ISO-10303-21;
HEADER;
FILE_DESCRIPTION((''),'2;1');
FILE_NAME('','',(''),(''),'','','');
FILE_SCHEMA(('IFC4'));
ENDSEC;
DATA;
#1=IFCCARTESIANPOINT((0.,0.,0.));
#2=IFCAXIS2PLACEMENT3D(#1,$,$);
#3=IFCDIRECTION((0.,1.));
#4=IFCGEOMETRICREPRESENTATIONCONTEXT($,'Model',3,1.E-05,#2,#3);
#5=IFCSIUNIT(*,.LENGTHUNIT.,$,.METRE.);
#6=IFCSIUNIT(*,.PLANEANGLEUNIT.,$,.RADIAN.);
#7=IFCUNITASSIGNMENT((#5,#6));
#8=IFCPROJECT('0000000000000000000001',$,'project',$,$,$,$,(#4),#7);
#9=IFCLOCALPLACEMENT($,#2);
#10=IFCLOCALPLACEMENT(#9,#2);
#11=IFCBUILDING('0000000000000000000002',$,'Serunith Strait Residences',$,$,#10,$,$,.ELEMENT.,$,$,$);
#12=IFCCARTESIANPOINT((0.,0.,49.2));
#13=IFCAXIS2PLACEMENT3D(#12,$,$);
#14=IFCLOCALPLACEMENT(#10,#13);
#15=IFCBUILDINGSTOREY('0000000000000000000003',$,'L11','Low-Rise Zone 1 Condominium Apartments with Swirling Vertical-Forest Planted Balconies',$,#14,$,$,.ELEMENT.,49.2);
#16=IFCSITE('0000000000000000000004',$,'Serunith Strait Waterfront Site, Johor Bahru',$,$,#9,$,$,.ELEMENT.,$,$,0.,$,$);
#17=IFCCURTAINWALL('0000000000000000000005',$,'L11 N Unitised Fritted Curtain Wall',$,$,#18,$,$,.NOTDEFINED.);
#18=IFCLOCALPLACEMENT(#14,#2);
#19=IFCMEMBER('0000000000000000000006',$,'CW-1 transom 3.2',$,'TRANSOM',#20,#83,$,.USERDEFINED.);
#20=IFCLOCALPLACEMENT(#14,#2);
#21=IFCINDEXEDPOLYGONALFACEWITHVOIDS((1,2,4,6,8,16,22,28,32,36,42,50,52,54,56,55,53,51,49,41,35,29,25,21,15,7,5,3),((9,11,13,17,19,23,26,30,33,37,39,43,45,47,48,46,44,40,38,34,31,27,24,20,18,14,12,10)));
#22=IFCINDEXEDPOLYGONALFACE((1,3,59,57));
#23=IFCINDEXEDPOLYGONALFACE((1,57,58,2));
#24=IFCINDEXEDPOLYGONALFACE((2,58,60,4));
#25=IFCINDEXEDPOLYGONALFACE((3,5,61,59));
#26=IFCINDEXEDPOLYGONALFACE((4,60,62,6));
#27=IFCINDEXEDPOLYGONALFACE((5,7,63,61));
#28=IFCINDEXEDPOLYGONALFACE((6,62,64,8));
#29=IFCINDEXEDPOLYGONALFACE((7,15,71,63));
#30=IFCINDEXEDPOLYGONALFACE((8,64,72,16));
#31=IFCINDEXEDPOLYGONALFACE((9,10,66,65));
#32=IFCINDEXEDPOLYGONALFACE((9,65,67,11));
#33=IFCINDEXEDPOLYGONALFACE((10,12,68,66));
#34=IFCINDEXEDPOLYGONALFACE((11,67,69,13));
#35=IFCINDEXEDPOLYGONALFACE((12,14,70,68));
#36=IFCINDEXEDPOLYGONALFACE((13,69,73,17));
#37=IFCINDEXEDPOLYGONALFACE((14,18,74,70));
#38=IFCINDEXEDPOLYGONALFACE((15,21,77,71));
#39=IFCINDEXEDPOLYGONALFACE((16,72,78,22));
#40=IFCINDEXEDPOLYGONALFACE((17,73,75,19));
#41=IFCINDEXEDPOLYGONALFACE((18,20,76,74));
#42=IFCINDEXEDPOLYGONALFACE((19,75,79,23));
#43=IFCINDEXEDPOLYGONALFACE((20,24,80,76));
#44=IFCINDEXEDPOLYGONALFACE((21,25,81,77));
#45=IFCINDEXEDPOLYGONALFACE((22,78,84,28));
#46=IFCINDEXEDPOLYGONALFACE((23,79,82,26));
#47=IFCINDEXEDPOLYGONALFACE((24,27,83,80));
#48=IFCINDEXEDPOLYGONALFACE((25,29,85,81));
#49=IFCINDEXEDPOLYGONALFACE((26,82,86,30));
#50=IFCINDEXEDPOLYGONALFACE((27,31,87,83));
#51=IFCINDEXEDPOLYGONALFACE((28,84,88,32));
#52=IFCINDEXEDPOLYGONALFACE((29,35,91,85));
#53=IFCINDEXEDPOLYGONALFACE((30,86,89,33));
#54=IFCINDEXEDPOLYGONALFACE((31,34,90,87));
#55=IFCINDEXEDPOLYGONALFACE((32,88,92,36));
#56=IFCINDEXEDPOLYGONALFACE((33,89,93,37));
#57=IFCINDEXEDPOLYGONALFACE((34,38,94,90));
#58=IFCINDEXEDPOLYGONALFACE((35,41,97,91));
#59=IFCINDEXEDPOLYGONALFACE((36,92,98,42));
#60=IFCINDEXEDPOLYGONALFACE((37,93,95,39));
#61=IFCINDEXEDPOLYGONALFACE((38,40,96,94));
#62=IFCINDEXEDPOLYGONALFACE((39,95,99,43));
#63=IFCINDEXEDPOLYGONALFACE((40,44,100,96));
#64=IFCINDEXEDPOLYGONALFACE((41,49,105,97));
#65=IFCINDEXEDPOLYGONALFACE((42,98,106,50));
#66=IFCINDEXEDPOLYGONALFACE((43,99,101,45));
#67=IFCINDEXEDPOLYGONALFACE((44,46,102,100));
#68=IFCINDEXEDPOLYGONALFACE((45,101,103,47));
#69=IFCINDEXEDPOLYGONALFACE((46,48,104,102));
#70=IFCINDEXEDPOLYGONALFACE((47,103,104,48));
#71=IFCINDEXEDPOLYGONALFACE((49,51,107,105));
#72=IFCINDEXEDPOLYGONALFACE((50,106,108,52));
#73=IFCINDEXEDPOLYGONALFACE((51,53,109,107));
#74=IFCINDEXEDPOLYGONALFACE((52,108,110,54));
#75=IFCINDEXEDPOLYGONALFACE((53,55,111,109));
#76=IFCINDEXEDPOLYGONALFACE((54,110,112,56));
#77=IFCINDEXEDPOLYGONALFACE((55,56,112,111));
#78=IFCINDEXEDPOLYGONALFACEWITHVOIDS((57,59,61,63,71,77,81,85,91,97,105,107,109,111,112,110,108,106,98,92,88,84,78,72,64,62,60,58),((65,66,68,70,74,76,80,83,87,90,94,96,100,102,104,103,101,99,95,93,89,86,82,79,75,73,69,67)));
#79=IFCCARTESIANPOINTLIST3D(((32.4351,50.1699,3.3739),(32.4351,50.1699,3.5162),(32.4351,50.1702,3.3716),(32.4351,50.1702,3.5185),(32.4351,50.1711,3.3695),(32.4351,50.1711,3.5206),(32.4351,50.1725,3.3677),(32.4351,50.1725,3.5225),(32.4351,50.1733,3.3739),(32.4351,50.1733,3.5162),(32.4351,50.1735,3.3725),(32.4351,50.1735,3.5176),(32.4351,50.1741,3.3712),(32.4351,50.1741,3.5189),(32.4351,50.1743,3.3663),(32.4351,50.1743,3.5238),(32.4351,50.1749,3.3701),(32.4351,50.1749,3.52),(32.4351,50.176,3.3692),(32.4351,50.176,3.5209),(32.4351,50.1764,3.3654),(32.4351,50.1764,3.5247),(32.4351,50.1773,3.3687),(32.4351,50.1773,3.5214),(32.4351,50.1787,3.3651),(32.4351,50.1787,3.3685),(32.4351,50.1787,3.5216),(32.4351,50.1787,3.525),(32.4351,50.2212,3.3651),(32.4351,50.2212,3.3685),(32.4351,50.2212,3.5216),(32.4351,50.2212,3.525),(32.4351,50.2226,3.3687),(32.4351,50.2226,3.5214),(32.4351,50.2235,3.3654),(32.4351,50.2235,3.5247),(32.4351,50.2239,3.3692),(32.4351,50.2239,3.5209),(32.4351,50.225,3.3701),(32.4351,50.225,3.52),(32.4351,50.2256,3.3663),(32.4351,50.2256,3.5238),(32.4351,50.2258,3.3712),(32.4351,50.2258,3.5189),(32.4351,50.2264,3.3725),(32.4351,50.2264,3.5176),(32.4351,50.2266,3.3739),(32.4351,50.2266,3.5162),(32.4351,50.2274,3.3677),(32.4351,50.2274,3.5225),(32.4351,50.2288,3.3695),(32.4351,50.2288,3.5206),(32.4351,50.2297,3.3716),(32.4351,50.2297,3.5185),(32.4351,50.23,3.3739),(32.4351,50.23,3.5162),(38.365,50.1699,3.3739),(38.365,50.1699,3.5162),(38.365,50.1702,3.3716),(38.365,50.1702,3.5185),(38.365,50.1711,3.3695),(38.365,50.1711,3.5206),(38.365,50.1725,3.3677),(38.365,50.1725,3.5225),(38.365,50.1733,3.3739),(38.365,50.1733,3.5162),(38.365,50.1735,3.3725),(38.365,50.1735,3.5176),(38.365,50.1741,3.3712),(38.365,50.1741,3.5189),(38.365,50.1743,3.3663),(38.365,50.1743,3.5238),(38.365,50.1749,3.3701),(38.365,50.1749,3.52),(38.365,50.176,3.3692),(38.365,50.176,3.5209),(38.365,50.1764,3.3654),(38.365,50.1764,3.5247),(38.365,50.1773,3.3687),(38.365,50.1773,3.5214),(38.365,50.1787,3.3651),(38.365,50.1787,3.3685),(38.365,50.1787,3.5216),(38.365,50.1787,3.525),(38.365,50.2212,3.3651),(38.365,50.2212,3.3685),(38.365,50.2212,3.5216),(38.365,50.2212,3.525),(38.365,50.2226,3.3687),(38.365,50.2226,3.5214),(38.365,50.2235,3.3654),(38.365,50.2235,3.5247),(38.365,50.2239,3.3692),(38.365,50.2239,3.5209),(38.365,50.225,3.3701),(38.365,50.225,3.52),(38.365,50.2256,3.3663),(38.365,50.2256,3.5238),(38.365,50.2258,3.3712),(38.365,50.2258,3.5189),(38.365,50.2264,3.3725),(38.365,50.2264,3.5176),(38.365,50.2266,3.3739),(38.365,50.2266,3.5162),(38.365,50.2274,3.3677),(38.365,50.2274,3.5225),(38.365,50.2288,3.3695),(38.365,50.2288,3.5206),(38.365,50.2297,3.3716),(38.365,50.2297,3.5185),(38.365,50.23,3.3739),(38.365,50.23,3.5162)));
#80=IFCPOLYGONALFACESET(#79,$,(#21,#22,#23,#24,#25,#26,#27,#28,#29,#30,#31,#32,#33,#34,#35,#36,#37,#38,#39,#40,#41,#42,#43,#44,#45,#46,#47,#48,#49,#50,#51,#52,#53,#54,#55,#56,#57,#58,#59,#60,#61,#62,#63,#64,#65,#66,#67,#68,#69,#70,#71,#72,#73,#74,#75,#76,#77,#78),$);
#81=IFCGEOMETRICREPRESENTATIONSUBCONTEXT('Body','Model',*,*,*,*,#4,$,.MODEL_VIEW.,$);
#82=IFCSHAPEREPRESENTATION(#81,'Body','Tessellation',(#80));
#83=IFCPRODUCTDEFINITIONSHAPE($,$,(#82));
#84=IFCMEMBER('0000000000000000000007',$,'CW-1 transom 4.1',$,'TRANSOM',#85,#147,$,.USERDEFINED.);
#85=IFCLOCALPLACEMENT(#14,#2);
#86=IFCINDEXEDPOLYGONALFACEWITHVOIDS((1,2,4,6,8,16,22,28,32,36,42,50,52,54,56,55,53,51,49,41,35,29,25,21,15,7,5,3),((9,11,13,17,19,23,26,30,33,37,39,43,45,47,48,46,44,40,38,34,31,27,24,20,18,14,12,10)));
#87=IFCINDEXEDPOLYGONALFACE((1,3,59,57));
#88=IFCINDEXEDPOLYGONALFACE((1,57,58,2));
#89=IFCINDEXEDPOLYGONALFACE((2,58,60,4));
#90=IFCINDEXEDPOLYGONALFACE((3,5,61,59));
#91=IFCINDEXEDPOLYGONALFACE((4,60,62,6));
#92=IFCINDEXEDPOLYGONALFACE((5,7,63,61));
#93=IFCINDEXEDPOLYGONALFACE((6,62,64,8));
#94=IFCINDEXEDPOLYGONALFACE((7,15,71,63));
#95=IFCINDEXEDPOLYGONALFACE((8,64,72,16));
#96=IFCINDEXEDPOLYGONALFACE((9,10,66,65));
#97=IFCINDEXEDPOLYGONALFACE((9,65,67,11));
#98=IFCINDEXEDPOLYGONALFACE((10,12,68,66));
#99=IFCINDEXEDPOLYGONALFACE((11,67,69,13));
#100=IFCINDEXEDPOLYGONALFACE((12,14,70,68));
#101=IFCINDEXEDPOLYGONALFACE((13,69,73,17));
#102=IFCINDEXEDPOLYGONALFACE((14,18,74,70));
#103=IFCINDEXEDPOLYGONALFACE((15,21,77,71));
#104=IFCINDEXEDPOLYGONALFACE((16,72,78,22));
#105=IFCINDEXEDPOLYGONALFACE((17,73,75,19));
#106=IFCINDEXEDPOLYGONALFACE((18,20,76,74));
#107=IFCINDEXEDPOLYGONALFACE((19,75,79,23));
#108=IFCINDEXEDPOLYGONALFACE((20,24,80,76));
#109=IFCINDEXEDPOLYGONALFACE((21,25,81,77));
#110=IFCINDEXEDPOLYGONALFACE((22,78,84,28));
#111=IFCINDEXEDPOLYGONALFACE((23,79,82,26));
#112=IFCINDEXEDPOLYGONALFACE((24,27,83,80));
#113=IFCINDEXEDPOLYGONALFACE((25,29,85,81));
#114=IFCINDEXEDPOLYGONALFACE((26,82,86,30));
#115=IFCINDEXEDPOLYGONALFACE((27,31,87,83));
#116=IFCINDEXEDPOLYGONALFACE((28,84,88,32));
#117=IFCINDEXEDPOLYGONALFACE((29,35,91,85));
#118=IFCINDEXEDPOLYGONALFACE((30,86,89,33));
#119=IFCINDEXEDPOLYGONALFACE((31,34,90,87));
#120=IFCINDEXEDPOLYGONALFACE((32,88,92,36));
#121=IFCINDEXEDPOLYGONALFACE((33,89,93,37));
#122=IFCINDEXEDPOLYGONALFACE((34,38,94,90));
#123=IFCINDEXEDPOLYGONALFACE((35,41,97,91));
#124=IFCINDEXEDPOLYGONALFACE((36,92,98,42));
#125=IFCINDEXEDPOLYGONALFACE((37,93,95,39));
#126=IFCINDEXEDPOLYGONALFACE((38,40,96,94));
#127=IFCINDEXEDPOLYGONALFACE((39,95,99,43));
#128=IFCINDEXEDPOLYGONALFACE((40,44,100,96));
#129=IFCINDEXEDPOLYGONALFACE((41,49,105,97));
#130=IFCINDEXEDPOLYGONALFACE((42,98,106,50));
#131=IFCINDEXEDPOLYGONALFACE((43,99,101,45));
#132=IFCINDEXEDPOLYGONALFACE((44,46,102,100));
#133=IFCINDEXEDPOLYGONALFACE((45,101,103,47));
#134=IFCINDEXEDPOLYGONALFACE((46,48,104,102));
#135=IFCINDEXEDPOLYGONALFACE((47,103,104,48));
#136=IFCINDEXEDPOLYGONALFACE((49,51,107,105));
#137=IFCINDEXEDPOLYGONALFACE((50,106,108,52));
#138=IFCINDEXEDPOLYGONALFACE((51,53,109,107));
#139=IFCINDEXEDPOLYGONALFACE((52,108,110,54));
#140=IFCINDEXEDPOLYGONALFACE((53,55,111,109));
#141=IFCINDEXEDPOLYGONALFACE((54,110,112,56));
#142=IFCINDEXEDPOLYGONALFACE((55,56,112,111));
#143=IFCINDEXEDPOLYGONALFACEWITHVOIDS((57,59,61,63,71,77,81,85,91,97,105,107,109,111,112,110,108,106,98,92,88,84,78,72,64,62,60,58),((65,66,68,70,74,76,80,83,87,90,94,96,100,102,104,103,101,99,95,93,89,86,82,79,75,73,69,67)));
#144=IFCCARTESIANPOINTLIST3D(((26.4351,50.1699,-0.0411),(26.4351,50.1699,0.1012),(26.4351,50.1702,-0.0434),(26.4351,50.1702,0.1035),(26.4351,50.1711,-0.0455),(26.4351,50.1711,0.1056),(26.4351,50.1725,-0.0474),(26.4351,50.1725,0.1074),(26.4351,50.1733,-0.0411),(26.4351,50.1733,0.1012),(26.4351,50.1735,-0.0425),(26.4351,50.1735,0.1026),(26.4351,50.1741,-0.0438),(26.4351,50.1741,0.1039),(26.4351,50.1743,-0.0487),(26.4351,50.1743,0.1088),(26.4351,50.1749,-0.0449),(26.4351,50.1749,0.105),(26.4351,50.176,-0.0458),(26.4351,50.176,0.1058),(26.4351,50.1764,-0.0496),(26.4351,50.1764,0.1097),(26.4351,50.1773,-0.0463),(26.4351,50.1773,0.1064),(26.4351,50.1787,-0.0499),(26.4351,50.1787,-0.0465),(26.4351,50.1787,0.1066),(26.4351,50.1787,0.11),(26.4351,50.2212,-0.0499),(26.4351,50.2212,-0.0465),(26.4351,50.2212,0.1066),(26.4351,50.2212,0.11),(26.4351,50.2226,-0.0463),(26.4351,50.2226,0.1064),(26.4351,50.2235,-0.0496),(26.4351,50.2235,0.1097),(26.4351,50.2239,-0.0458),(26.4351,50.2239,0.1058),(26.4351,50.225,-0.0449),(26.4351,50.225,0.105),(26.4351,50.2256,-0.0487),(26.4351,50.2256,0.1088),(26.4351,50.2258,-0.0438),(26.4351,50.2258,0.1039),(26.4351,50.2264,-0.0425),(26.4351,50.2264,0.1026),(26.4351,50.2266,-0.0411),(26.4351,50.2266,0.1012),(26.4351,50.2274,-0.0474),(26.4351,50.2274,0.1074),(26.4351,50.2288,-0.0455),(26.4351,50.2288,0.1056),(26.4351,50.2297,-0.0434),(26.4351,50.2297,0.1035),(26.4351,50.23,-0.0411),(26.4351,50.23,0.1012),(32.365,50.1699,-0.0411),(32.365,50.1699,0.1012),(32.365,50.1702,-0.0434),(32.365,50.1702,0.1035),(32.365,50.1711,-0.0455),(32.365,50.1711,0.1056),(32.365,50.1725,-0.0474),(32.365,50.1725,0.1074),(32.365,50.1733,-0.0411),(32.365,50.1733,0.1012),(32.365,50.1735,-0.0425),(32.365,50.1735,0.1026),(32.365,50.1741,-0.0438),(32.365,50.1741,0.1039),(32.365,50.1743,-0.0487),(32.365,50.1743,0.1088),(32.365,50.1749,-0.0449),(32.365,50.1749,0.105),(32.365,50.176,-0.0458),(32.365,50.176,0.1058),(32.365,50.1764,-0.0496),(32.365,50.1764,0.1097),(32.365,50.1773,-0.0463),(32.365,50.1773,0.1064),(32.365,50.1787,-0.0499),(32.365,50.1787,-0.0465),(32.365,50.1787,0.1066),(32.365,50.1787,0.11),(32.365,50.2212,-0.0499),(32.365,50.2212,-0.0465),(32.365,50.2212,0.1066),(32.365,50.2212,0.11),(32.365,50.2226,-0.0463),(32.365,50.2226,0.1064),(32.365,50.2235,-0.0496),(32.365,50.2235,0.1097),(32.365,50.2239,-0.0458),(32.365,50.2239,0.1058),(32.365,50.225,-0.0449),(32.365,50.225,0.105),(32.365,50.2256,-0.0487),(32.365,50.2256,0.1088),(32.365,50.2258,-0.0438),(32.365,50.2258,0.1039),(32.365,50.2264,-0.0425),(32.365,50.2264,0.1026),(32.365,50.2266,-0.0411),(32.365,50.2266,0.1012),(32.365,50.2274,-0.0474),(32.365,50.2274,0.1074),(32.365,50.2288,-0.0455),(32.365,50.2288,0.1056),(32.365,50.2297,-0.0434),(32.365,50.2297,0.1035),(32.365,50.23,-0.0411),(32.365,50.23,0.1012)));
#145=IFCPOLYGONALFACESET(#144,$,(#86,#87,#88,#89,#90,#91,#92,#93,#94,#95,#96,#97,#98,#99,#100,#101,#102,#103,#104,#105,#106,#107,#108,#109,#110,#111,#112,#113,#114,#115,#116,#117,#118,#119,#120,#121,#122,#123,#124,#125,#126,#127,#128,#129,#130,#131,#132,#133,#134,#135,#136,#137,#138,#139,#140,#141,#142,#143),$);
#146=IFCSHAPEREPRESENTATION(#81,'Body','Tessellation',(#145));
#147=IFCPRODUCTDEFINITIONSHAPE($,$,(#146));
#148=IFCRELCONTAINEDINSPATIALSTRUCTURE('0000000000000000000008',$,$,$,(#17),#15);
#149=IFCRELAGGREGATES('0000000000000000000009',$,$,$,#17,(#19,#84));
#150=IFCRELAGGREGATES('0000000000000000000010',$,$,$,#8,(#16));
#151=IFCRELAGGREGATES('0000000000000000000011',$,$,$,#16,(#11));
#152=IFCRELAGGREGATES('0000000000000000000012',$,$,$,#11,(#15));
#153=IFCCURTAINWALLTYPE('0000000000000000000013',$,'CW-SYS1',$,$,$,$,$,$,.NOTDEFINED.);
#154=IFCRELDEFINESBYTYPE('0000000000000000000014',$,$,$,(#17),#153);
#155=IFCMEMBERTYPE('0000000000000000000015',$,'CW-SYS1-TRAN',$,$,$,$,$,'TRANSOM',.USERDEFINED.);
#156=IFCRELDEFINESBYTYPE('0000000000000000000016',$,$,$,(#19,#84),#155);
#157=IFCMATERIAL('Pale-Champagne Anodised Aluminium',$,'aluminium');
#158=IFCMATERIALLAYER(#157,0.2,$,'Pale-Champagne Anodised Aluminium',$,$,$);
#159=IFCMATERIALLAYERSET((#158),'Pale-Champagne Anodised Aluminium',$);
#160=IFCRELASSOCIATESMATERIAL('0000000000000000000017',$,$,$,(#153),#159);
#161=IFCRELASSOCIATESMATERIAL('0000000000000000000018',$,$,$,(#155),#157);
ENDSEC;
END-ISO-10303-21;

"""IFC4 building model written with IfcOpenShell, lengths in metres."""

from ifc_helpers import new_model, si_unit, direction, frame, origin, origin_2d, place, context, subcontext, project, spatial, hollow_rectangle, extrude, source, transform, mapped, material, layer, layer_set, material_profile, profile_set, type_object, element, aggregate, save


model = new_model("IFC4")

# Units and contexts
model_context = context("Model", 3, precision=1e-05, world=origin(), true_north=direction((0.0, 1.0)))
body_context = subcontext(model_context, "Body", "Model", "MODEL_VIEW")
ifc_project = project(units=[si_unit("LENGTHUNIT", "METRE"), si_unit("PLANEANGLEUNIT", "RADIAN")], contexts=[model_context])

# Site, building, storey
site_placement = place(None, origin())
site = spatial("IfcSite", under=ifc_project, at=site_placement, Name="Serunith Strait Waterfront Site, Johor Bahru", CompositionType="ELEMENT", RefElevation=0.0)
building_placement = place(site_placement, origin())
building = spatial("IfcBuilding", under=site, at=building_placement, Name="Serunith Strait Residences", CompositionType="ELEMENT")
storey_placement = place(building_placement, frame((0.0, 0.0, 49.2)))
storey = spatial("IfcBuildingStorey", under=building, at=storey_placement, Name="L11", Description="Low-Rise Zone 1 Condominium Apartments with Swirling Vertical-Forest Planted Balconies", CompositionType="ELEMENT", Elevation=49.2)

# Curtain wall, members
ifc_material_1 = material(Name="Pale-Champagne Anodised Aluminium", Category="aluminium")
ifc_layer_1 = layer(ifc_material_1, 0.2, Name="Pale-Champagne Anodised Aluminium")
ifc_layer_set_1 = layer_set([ifc_layer_1], Name="Pale-Champagne Anodised Aluminium")
curtain_wall_type = type_object("IfcCurtainWallType", Name="CW-SYS1", PredefinedType="NOTDEFINED", material=ifc_layer_set_1)
curtain_wall_placement = place(storey_placement, origin())
curtain_wall = element("IfcCurtainWall", 1, at=curtain_wall_placement, inside=storey, type_object=curtain_wall_type, Name="L11 N Unitised Fritted Curtain Wall", PredefinedType="NOTDEFINED")
ifc_material_profile_1 = material_profile(ifc_material_1, hollow_rectangle(XDim=0.0601, YDim=0.1599, WallThickness=0.0034, InnerFilletRadius=0.0054, OuterFilletRadius=0.0088, at=origin_2d()), Name="ALU 160x60x3.5")
ifc_profile_set_1 = profile_set([ifc_material_profile_1], Name="Pale-Champagne Anodised Aluminium")
member_type_1 = type_object("IfcMemberType", Name="CW-SYS1-TRAN", ElementType="TRANSOM", PredefinedType="USERDEFINED", material=ifc_profile_set_1)
shared_shape_1 = source(origin(), body_context, "Body", "SweptSolid", [
    extrude(hollow_rectangle(XDim=0.0601, YDim=0.1599, WallThickness=0.0034, InnerFilletRadius=0.0054, OuterFilletRadius=0.0088, at=origin_2d()), origin(), (0.0, 0.0, 1.0), 5.9299),
])
member_1_placement = place(storey_placement, frame((38.365, 50.2, 3.4451), z_axis=(-1.0, 0.0, 0.0), x_axis=(0.0, -1.0, 0.0)))
member_1 = element("IfcMember", 2, at=member_1_placement, type_object=member_type_1, Name="CW-1 transom 3.2", ObjectType="TRANSOM", PredefinedType="USERDEFINED", context=body_context, shape_type="MappedRepresentation", body=[
    mapped(shared_shape_1, transform((0.0, 0.0, 0.0), scale=1.0)),
])
member_2_placement = place(storey_placement, frame((32.365, 50.2, 0.03), z_axis=(-1.0, 0.0, 0.0), x_axis=(0.0, -1.0, 0.0)))
member_2 = element("IfcMember", 3, at=member_2_placement, type_object=member_type_1, Name="CW-1 transom 4.1", ObjectType="TRANSOM", PredefinedType="USERDEFINED", context=body_context, shape_type="MappedRepresentation", body=[
    mapped(shared_shape_1, transform((0.0, 0.0, 0.0), scale=1.0)),
])
aggregate(curtain_wall, [member_1, member_2])

save(model, "model.ifc")
